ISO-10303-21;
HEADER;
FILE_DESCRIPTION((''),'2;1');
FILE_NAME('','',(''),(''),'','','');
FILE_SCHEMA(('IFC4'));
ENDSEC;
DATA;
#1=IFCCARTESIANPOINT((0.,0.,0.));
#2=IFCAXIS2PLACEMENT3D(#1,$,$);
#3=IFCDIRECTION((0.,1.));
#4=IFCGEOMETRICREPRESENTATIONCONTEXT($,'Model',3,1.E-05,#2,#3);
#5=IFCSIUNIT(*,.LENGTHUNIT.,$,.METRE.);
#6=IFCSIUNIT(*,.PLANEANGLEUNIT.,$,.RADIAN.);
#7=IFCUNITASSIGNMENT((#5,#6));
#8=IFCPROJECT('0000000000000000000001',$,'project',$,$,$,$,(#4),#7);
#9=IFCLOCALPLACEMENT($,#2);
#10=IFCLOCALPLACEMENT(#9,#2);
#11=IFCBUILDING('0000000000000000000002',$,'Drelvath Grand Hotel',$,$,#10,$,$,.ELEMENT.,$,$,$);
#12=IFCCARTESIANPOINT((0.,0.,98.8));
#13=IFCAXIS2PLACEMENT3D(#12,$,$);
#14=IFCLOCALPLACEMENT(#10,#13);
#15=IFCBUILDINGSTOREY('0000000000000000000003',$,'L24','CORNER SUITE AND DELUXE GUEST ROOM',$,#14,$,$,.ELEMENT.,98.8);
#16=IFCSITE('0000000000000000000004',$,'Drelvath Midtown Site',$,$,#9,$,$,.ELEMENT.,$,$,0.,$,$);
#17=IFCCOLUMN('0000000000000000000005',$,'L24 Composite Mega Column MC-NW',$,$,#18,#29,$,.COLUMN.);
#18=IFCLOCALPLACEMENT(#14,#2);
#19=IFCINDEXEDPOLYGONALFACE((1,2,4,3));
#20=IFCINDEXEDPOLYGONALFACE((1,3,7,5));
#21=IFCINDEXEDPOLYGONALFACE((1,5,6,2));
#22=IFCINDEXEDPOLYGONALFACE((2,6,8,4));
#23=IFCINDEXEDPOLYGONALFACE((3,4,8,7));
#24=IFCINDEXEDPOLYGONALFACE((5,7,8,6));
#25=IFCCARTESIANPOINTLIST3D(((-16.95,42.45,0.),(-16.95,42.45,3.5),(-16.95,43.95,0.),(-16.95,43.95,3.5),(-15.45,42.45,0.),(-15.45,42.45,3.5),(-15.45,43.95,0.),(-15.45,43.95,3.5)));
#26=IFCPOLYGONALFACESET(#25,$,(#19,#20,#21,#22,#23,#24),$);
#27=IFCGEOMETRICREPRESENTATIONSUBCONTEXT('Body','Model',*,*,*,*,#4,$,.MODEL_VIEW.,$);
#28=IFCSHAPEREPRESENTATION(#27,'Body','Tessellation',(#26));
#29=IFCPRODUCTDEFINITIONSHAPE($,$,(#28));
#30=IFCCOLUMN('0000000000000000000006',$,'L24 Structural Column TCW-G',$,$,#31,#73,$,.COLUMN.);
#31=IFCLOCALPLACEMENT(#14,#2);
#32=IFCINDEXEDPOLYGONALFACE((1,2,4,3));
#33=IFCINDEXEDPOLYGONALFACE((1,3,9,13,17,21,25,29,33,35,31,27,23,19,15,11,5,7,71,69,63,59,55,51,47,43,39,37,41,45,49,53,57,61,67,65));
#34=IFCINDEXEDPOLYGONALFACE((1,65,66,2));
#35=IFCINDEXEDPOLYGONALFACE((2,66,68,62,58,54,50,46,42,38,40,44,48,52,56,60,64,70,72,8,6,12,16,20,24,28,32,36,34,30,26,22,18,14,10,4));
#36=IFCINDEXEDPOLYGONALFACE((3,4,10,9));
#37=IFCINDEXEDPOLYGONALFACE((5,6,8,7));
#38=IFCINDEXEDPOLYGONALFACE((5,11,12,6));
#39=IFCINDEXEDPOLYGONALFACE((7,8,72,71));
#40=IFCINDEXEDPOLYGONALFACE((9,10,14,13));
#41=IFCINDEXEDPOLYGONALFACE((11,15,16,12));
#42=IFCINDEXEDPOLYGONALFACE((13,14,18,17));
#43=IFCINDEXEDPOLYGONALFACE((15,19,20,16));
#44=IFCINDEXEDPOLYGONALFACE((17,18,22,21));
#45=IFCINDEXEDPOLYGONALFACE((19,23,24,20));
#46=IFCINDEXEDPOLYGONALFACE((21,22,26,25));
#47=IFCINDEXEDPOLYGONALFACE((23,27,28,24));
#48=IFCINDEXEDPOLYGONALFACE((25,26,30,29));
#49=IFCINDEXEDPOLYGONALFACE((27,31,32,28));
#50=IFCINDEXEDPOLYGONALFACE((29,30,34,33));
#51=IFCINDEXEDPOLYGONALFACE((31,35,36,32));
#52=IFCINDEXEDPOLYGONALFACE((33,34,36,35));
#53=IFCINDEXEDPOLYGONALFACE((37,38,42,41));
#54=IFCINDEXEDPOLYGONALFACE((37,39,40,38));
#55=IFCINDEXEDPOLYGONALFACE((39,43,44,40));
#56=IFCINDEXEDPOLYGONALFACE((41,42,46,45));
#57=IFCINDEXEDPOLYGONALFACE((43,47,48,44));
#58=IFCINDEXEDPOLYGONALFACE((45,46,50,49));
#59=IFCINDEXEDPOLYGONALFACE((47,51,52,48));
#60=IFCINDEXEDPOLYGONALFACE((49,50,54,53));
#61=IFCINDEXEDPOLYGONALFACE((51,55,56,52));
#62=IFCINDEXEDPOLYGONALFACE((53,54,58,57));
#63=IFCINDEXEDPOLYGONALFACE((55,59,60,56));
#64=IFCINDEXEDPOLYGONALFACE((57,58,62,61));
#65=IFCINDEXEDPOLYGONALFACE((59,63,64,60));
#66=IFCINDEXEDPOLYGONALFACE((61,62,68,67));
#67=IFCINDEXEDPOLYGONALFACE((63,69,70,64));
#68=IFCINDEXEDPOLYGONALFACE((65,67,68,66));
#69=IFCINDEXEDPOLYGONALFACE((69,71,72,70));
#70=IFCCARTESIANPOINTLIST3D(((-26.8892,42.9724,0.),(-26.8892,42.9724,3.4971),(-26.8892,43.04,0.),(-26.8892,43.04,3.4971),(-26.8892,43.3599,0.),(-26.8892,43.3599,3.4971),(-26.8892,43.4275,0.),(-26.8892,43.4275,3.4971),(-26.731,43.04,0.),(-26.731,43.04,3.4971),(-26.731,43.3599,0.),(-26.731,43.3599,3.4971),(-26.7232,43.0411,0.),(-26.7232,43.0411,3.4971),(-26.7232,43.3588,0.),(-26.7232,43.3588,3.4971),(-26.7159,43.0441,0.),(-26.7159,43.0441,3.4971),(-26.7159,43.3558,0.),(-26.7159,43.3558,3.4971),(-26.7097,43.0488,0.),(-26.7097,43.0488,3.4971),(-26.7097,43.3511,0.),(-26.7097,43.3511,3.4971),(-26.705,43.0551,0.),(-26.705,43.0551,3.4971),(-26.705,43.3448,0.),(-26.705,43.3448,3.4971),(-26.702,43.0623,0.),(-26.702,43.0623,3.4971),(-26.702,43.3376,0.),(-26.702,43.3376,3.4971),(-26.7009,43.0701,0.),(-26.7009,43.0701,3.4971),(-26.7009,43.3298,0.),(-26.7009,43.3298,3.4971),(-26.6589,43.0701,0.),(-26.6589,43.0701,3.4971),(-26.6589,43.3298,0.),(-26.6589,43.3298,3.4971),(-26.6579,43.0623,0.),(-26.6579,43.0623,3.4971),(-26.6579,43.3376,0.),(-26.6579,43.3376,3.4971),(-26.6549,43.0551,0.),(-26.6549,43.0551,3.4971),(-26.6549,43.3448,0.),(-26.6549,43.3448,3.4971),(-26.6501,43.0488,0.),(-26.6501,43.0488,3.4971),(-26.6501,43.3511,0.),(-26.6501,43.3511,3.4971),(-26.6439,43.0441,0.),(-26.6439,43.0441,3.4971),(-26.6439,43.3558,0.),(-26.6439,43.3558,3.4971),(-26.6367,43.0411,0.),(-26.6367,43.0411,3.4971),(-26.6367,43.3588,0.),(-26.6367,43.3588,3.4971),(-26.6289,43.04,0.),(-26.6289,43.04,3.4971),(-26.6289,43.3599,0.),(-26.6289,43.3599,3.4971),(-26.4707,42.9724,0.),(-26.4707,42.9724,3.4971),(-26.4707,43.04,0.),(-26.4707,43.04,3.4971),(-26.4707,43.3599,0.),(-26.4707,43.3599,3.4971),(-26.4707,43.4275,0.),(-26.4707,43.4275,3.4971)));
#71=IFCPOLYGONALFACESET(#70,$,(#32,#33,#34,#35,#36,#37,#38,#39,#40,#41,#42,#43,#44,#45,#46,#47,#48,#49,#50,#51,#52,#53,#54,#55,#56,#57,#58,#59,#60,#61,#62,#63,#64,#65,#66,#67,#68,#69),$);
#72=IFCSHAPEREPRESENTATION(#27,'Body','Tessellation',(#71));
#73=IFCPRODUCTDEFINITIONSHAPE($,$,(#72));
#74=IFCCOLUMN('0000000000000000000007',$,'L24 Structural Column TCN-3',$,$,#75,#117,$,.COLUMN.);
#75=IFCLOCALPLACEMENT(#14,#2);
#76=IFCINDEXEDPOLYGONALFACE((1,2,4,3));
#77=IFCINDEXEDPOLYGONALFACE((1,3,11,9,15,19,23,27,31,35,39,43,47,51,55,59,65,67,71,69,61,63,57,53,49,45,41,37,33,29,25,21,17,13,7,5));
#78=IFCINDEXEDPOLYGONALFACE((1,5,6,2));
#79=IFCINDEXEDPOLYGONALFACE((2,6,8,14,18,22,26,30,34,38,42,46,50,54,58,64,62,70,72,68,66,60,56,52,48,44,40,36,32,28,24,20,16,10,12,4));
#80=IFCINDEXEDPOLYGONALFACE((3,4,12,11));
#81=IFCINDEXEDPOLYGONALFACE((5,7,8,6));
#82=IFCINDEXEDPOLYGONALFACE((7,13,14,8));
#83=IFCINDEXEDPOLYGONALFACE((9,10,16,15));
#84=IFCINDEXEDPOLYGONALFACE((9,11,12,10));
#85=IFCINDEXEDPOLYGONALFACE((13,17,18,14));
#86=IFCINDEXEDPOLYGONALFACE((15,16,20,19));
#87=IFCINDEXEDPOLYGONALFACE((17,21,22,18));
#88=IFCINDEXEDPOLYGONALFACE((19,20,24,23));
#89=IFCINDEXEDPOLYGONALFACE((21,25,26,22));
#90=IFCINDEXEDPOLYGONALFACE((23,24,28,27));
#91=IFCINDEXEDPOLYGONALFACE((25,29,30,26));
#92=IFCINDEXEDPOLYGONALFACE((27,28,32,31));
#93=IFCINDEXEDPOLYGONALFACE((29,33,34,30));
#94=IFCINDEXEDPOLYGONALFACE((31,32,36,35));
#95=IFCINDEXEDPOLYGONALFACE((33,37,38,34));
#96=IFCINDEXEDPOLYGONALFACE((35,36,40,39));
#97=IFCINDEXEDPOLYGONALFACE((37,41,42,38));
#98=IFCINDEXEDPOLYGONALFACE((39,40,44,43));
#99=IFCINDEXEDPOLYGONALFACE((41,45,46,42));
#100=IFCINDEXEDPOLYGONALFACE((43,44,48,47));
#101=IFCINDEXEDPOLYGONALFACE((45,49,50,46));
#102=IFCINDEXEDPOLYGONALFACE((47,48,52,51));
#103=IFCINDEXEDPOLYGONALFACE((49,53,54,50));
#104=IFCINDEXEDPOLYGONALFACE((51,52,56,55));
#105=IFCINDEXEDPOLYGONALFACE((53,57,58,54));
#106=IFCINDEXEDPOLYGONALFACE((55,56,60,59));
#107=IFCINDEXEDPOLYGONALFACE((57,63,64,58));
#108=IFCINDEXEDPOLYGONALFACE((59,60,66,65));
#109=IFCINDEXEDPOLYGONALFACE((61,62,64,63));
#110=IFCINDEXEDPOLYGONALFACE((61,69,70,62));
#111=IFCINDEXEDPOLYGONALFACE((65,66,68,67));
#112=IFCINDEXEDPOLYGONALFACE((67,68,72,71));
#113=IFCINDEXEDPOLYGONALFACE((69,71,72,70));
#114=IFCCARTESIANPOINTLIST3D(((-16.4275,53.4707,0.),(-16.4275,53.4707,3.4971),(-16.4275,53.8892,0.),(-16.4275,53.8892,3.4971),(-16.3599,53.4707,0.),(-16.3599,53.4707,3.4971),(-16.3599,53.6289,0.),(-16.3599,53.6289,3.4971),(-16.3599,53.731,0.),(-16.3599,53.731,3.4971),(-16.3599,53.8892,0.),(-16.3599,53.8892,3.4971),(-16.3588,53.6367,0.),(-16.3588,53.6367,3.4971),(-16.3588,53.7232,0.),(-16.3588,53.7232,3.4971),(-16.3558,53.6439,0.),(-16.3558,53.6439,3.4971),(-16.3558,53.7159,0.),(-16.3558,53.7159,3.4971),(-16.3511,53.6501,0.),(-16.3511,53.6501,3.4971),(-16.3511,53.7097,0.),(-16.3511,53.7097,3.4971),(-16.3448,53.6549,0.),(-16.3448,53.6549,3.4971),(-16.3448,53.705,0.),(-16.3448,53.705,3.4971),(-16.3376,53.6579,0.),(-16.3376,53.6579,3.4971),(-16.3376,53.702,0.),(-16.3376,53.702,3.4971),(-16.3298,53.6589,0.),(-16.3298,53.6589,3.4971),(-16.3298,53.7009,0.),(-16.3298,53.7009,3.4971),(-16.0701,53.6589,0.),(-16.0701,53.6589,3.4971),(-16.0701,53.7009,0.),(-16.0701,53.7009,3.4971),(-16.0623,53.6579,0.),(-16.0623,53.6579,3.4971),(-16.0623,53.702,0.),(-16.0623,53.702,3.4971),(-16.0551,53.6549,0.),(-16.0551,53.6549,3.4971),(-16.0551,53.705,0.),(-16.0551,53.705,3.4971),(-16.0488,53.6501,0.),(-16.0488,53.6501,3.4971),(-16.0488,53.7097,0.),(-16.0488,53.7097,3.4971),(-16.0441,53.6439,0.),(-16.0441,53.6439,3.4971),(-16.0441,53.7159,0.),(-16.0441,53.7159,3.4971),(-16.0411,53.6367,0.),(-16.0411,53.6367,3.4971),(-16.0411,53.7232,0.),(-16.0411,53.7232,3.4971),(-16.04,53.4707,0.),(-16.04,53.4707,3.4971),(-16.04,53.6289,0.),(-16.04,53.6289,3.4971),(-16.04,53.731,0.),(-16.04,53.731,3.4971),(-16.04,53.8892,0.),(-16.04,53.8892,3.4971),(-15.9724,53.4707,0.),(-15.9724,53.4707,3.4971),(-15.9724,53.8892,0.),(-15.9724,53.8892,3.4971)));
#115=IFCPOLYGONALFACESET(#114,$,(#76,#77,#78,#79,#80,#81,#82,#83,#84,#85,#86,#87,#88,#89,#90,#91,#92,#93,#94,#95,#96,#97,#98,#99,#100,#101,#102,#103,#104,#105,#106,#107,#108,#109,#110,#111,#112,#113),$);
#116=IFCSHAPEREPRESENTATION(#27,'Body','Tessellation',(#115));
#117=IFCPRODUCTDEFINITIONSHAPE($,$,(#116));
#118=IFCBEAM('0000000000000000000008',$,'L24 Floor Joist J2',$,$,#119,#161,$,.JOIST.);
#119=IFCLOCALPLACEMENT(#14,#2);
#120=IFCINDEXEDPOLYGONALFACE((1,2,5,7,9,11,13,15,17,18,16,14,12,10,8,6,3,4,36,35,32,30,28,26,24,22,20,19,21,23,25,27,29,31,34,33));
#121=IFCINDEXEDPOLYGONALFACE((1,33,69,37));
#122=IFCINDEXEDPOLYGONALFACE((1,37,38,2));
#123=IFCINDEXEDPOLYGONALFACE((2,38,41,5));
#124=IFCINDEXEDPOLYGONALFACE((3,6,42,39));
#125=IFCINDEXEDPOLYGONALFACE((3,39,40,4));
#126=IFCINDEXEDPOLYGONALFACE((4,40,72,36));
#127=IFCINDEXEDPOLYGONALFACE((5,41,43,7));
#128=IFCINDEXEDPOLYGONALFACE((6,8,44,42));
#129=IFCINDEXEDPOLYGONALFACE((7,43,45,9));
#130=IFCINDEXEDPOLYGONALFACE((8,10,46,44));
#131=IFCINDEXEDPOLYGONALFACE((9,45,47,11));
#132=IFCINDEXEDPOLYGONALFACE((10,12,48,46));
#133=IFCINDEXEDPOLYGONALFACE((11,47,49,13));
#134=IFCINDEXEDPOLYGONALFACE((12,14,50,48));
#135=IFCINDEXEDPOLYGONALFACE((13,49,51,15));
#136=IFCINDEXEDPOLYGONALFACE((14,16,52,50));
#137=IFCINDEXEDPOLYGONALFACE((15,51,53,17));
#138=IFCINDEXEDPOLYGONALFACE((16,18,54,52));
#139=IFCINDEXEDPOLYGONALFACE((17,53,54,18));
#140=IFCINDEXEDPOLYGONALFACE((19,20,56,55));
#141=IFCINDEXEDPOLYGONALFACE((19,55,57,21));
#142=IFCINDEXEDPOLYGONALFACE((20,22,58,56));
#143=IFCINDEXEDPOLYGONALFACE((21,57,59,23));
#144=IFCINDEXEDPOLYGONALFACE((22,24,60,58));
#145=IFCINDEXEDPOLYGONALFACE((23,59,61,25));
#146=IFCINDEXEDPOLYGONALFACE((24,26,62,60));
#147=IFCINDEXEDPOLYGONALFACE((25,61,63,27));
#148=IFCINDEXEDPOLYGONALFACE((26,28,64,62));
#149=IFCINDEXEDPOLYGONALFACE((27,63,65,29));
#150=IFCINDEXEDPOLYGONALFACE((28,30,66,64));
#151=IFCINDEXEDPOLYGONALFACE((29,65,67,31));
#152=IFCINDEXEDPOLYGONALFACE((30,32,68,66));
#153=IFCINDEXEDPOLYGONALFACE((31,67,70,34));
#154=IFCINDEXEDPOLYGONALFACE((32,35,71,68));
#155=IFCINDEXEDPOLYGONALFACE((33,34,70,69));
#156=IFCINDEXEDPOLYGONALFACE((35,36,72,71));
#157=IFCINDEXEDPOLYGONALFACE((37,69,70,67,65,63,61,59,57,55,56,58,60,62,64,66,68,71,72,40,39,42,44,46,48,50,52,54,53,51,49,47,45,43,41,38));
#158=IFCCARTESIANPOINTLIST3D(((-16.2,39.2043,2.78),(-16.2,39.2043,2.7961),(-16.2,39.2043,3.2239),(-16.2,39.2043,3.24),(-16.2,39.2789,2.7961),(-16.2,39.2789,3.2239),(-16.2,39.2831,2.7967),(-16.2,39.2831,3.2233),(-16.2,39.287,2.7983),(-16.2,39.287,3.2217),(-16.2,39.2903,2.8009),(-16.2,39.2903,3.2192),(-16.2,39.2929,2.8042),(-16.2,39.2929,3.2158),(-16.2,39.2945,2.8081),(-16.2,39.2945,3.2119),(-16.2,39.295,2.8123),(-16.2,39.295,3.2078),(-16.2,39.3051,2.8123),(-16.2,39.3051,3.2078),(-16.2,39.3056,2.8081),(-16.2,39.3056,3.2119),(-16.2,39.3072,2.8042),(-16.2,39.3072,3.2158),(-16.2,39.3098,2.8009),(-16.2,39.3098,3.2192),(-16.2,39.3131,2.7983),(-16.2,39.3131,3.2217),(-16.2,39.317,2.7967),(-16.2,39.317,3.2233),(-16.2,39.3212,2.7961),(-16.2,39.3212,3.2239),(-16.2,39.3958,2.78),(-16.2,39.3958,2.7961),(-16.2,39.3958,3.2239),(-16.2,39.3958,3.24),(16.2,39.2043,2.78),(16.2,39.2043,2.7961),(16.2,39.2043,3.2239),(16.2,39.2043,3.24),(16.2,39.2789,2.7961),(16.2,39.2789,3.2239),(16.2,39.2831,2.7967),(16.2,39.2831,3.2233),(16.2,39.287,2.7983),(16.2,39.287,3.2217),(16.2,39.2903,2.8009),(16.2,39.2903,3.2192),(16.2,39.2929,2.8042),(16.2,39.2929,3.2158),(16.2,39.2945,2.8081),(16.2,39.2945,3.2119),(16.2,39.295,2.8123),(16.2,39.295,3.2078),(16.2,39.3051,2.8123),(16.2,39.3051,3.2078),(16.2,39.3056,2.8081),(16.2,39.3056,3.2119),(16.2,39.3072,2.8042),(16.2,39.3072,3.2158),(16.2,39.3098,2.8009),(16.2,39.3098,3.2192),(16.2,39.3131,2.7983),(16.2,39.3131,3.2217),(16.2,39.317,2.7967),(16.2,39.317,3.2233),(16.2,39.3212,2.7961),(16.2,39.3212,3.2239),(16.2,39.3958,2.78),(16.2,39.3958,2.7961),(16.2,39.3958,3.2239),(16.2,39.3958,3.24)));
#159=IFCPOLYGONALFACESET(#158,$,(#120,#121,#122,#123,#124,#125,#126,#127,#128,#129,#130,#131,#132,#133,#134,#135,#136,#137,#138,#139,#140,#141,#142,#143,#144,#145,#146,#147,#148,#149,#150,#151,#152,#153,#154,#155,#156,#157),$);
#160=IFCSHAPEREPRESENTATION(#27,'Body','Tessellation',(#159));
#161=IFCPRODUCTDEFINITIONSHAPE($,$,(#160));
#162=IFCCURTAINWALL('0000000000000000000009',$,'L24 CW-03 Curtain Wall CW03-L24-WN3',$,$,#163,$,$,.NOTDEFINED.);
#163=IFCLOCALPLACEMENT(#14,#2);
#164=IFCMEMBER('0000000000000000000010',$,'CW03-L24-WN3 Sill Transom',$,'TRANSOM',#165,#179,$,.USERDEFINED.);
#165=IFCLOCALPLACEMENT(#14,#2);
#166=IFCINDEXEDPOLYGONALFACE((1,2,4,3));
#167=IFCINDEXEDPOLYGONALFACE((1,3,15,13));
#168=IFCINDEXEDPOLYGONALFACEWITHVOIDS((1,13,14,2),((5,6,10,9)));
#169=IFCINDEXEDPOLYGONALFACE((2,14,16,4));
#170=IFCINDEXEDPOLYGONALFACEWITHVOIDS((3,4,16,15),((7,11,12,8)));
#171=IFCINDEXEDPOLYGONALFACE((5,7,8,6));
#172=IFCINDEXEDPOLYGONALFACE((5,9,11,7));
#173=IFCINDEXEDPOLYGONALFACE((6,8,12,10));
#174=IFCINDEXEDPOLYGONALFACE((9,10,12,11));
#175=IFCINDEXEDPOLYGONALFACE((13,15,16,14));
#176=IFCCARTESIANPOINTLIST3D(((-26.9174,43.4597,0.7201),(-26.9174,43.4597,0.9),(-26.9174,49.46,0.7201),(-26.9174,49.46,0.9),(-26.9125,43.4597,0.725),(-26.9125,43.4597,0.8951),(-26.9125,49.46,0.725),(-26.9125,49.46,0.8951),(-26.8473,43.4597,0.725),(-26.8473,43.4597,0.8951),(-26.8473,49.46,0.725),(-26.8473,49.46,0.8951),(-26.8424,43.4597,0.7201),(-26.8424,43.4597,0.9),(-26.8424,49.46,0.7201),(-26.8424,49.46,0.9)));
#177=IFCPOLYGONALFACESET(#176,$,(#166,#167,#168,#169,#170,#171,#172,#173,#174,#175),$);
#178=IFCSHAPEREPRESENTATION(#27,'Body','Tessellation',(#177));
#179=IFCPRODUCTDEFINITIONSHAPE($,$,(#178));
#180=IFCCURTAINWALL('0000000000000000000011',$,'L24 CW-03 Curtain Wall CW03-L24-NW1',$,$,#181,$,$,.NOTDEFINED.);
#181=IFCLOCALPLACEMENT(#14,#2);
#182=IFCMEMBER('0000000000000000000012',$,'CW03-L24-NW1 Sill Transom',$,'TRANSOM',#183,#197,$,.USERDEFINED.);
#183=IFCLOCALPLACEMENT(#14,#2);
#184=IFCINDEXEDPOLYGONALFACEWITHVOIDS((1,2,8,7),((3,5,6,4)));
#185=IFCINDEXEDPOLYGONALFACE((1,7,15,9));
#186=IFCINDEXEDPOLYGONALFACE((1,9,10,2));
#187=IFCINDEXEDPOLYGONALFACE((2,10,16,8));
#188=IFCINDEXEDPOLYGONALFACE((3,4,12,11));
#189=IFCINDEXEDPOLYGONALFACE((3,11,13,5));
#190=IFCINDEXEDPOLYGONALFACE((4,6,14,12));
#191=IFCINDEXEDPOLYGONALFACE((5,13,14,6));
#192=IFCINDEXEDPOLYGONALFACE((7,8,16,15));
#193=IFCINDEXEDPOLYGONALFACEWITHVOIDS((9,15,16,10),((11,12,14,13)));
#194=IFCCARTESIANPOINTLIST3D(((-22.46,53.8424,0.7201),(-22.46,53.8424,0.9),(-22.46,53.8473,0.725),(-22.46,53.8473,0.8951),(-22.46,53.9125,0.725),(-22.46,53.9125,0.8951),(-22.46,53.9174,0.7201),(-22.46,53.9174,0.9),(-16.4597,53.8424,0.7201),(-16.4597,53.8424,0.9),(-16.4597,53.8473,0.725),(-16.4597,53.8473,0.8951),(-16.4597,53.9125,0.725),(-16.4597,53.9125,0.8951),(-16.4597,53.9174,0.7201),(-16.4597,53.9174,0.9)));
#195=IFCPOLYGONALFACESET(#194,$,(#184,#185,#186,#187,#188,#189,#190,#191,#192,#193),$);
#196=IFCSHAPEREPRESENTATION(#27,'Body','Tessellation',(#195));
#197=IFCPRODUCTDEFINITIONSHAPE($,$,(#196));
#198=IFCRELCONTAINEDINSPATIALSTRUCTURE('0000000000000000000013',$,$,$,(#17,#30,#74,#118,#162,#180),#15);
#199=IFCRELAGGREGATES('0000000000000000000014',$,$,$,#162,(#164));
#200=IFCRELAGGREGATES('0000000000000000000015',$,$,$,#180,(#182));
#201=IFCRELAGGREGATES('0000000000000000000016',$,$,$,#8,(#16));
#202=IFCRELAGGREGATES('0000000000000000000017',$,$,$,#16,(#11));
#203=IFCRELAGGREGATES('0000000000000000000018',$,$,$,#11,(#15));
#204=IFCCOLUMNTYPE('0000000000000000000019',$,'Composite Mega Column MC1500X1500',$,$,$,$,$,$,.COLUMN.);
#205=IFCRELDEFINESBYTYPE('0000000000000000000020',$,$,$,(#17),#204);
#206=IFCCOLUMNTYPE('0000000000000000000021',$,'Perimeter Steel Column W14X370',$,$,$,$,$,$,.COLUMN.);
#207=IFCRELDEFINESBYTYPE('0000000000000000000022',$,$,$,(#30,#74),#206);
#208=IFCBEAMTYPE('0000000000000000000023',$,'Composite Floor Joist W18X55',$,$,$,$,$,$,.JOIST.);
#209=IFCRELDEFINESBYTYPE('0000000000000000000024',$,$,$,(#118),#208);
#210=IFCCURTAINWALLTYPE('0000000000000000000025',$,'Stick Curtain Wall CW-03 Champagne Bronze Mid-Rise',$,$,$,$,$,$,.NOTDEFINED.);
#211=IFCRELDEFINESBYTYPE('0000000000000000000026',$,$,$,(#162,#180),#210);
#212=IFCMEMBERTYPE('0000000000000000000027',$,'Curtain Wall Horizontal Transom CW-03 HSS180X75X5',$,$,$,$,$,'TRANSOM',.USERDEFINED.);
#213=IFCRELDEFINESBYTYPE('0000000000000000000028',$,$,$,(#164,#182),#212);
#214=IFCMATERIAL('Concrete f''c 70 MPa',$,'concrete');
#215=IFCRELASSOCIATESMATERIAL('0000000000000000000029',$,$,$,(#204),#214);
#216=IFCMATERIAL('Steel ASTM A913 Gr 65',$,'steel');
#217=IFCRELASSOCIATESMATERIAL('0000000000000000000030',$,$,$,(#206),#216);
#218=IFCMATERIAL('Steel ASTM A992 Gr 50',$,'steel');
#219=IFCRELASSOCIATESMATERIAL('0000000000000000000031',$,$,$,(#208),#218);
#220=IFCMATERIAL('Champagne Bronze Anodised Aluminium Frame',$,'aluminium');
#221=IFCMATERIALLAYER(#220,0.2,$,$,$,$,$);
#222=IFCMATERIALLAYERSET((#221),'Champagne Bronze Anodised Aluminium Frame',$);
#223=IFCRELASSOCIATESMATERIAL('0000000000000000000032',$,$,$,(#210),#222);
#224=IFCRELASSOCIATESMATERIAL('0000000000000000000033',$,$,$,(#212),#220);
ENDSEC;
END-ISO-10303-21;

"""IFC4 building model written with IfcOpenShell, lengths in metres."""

from ifc_helpers import new_model, si_unit, direction, frame, origin, origin_2d, place, context, subcontext, project, spatial, rectangle, hollow_rectangle, i_section, extrude, material, layer, layer_set, material_profile, profile_set, type_object, element, aggregate, save


model = new_model("IFC4")

# Units and contexts
model_context = context("Model", 3, precision=1e-05, world=origin(), true_north=direction((0.0, 1.0)))
body_context = subcontext(model_context, "Body", "Model", "MODEL_VIEW")
ifc_project = project(units=[si_unit("LENGTHUNIT", "METRE"), si_unit("PLANEANGLEUNIT", "RADIAN")], contexts=[model_context])

# Site, building, storey
site_placement = place(None, origin())
site = spatial("IfcSite", under=ifc_project, at=site_placement, Name="Drelvath Midtown Site", CompositionType="ELEMENT", RefElevation=0.0)
building_placement = place(site_placement, origin())
building = spatial("IfcBuilding", under=site, at=building_placement, Name="Drelvath Grand Hotel", CompositionType="ELEMENT")
storey_placement = place(building_placement, frame((0.0, 0.0, 98.8)))
storey = spatial("IfcBuildingStorey", under=building, at=storey_placement, Name="L24", Description="CORNER SUITE AND DELUXE GUEST ROOM", CompositionType="ELEMENT", Elevation=98.8)

# Columns
ifc_material_1 = material(Name="Concrete f'c 70 MPa", Category="concrete")
ifc_material_profile_1 = material_profile(ifc_material_1, rectangle(XDim=1.5, YDim=1.5, at=origin_2d()), Name="MC1500X1500")
ifc_profile_set_1 = profile_set([ifc_material_profile_1], Name="Concrete f'c 70 MPa")
column_type_1 = type_object("IfcColumnType", Name="Composite Mega Column MC1500X1500", PredefinedType="COLUMN", material=ifc_profile_set_1)
column_placement = place(storey_placement, frame((-16.2, 43.2, 0.0), z_axis=(0.0, 0.0, 1.0), x_axis=(1.0, 0.0, 0.0)))
element("IfcColumn", 1, at=column_placement, inside=storey, type_object=column_type_1, Name="L24 Composite Mega Column MC-NW", PredefinedType="COLUMN", context=body_context, shape_type="SweptSolid", body=[
    extrude(rectangle(XDim=1.5, YDim=1.5, at=origin_2d()), origin(), (0.0, 0.0, 1.0), 3.5),
])
ifc_material_2 = material(Name="Steel ASTM A913 Gr 65", Category="steel")
ifc_material_profile_2 = material_profile(ifc_material_2, i_section(OverallWidth=0.4185, OverallDepth=0.4551, WebThickness=0.042, FlangeThickness=0.0676, FilletRadius=0.03, at=origin_2d()), Name="W14X370")
ifc_profile_set_2 = profile_set([ifc_material_profile_2], Name="Steel ASTM A913 Gr 65")
column_type_2 = type_object("IfcColumnType", Name="Perimeter Steel Column W14X370", PredefinedType="COLUMN", material=ifc_profile_set_2)
for number, where, z_axis, x_axis, name in (
    (2, (-26.6799, 43.2, 0.0), (0.0, 0.0, 1.0), (1.0, 0.0, 0.0), "L24 Structural Column TCW-G"),
    (3, (-16.2, 53.6799, 0.0), (0.0, 0.0, 1.0), (0.0, 1.0, 0.0), "L24 Structural Column TCN-3"),
):
    element("IfcColumn", number, at=place(storey_placement, frame(where, z_axis=z_axis, x_axis=x_axis)), inside=storey, type_object=column_type_2, Name=name, PredefinedType="COLUMN", context=body_context, shape_type="SweptSolid", body=[
        extrude(i_section(OverallWidth=0.4185, OverallDepth=0.4551, WebThickness=0.042, FlangeThickness=0.0676, FilletRadius=0.03, at=origin_2d()), origin(), (0.0, 0.0, 1.0), 3.4971),
    ])

# Beam
ifc_material_3 = material(Name="Steel ASTM A992 Gr 50", Category="steel")
ifc_material_profile_3 = material_profile(ifc_material_3, i_section(OverallWidth=0.1914, OverallDepth=0.46, WebThickness=0.01, FlangeThickness=0.0161, FilletRadius=0.0161, at=origin_2d()), Name="W18X55")
ifc_profile_set_3 = profile_set([ifc_material_profile_3], Name="Steel ASTM A992 Gr 50")
beam_type_1 = type_object("IfcBeamType", Name="Composite Floor Joist W18X55", PredefinedType="JOIST", material=ifc_profile_set_3)
beam_1_placement = place(storey_placement, frame((-16.2, 39.3, 3.01), z_axis=(1.0, 0.0, 0.0), x_axis=(0.0, 1.0, 0.0)))
element("IfcBeam", 4, at=beam_1_placement, inside=storey, type_object=beam_type_1, Name="L24 Floor Joist J2", PredefinedType="JOIST", context=body_context, shape_type="SweptSolid", body=[
    extrude(i_section(OverallWidth=0.1914, OverallDepth=0.46, WebThickness=0.01, FlangeThickness=0.0161, FilletRadius=0.0161, at=origin_2d()), origin(), (0.0, 0.0, 1.0), 32.3999),
])

# Curtain walls, members
ifc_material_4 = material(Name="Champagne Bronze Anodised Aluminium Frame", Category="aluminium")
ifc_layer_1 = layer(ifc_material_4, 0.2)
ifc_layer_set_1 = layer_set([ifc_layer_1], Name="Champagne Bronze Anodised Aluminium Frame")
curtain_wall_type = type_object("IfcCurtainWallType", Name="Stick Curtain Wall CW-03 Champagne Bronze Mid-Rise", PredefinedType="NOTDEFINED", material=ifc_layer_set_1)
curtain_wall_1_placement = place(storey_placement, origin())
curtain_wall_1 = element("IfcCurtainWall", 5, at=curtain_wall_1_placement, inside=storey, type_object=curtain_wall_type, Name="L24 CW-03 Curtain Wall CW03-L24-WN3", PredefinedType="NOTDEFINED")
ifc_material_profile_4 = material_profile(ifc_material_4, hollow_rectangle(XDim=0.075, YDim=0.1799, WallThickness=0.0049, at=origin_2d()), Name="HSS180X75X5")
ifc_profile_set_4 = profile_set([ifc_material_profile_4], Name="Champagne Bronze Anodised Aluminium Frame")
member_type_1 = type_object("IfcMemberType", Name="Curtain Wall Horizontal Transom CW-03 HSS180X75X5", ElementType="TRANSOM", PredefinedType="USERDEFINED", material=ifc_profile_set_4)
member_1_placement = place(storey_placement, frame((-26.8799, 43.4597, 0.8101), z_axis=(0.0, 1.0, 0.0), x_axis=(-1.0, 0.0, 0.0)))
member_1 = element("IfcMember", 6, at=member_1_placement, type_object=member_type_1, Name="CW03-L24-WN3 Sill Transom", ObjectType="TRANSOM", PredefinedType="USERDEFINED", context=body_context, shape_type="SweptSolid", body=[
    extrude(hollow_rectangle(XDim=0.075, YDim=0.1799, WallThickness=0.0049, at=origin_2d()), origin(), (0.0, 0.0, 1.0), 6.0002),
])
curtain_wall_2_placement = place(storey_placement, origin())
curtain_wall_2 = element("IfcCurtainWall", 7, at=curtain_wall_2_placement, inside=storey, type_object=curtain_wall_type, Name="L24 CW-03 Curtain Wall CW03-L24-NW1", PredefinedType="NOTDEFINED")
member_2_placement = place(storey_placement, frame((-22.46, 53.8799, 0.8101), z_axis=(1.0, 0.0, 0.0), x_axis=(0.0, 1.0, 0.0)))
member_2 = element("IfcMember", 8, at=member_2_placement, type_object=member_type_1, Name="CW03-L24-NW1 Sill Transom", ObjectType="TRANSOM", PredefinedType="USERDEFINED", context=body_context, shape_type="SweptSolid", body=[
    extrude(hollow_rectangle(XDim=0.075, YDim=0.1799, WallThickness=0.0049, at=origin_2d()), origin(), (0.0, 0.0, 1.0), 6.0002),
])

aggregate(curtain_wall_1, [member_1])
aggregate(curtain_wall_2, [member_2])

save(model, "model.ifc")
